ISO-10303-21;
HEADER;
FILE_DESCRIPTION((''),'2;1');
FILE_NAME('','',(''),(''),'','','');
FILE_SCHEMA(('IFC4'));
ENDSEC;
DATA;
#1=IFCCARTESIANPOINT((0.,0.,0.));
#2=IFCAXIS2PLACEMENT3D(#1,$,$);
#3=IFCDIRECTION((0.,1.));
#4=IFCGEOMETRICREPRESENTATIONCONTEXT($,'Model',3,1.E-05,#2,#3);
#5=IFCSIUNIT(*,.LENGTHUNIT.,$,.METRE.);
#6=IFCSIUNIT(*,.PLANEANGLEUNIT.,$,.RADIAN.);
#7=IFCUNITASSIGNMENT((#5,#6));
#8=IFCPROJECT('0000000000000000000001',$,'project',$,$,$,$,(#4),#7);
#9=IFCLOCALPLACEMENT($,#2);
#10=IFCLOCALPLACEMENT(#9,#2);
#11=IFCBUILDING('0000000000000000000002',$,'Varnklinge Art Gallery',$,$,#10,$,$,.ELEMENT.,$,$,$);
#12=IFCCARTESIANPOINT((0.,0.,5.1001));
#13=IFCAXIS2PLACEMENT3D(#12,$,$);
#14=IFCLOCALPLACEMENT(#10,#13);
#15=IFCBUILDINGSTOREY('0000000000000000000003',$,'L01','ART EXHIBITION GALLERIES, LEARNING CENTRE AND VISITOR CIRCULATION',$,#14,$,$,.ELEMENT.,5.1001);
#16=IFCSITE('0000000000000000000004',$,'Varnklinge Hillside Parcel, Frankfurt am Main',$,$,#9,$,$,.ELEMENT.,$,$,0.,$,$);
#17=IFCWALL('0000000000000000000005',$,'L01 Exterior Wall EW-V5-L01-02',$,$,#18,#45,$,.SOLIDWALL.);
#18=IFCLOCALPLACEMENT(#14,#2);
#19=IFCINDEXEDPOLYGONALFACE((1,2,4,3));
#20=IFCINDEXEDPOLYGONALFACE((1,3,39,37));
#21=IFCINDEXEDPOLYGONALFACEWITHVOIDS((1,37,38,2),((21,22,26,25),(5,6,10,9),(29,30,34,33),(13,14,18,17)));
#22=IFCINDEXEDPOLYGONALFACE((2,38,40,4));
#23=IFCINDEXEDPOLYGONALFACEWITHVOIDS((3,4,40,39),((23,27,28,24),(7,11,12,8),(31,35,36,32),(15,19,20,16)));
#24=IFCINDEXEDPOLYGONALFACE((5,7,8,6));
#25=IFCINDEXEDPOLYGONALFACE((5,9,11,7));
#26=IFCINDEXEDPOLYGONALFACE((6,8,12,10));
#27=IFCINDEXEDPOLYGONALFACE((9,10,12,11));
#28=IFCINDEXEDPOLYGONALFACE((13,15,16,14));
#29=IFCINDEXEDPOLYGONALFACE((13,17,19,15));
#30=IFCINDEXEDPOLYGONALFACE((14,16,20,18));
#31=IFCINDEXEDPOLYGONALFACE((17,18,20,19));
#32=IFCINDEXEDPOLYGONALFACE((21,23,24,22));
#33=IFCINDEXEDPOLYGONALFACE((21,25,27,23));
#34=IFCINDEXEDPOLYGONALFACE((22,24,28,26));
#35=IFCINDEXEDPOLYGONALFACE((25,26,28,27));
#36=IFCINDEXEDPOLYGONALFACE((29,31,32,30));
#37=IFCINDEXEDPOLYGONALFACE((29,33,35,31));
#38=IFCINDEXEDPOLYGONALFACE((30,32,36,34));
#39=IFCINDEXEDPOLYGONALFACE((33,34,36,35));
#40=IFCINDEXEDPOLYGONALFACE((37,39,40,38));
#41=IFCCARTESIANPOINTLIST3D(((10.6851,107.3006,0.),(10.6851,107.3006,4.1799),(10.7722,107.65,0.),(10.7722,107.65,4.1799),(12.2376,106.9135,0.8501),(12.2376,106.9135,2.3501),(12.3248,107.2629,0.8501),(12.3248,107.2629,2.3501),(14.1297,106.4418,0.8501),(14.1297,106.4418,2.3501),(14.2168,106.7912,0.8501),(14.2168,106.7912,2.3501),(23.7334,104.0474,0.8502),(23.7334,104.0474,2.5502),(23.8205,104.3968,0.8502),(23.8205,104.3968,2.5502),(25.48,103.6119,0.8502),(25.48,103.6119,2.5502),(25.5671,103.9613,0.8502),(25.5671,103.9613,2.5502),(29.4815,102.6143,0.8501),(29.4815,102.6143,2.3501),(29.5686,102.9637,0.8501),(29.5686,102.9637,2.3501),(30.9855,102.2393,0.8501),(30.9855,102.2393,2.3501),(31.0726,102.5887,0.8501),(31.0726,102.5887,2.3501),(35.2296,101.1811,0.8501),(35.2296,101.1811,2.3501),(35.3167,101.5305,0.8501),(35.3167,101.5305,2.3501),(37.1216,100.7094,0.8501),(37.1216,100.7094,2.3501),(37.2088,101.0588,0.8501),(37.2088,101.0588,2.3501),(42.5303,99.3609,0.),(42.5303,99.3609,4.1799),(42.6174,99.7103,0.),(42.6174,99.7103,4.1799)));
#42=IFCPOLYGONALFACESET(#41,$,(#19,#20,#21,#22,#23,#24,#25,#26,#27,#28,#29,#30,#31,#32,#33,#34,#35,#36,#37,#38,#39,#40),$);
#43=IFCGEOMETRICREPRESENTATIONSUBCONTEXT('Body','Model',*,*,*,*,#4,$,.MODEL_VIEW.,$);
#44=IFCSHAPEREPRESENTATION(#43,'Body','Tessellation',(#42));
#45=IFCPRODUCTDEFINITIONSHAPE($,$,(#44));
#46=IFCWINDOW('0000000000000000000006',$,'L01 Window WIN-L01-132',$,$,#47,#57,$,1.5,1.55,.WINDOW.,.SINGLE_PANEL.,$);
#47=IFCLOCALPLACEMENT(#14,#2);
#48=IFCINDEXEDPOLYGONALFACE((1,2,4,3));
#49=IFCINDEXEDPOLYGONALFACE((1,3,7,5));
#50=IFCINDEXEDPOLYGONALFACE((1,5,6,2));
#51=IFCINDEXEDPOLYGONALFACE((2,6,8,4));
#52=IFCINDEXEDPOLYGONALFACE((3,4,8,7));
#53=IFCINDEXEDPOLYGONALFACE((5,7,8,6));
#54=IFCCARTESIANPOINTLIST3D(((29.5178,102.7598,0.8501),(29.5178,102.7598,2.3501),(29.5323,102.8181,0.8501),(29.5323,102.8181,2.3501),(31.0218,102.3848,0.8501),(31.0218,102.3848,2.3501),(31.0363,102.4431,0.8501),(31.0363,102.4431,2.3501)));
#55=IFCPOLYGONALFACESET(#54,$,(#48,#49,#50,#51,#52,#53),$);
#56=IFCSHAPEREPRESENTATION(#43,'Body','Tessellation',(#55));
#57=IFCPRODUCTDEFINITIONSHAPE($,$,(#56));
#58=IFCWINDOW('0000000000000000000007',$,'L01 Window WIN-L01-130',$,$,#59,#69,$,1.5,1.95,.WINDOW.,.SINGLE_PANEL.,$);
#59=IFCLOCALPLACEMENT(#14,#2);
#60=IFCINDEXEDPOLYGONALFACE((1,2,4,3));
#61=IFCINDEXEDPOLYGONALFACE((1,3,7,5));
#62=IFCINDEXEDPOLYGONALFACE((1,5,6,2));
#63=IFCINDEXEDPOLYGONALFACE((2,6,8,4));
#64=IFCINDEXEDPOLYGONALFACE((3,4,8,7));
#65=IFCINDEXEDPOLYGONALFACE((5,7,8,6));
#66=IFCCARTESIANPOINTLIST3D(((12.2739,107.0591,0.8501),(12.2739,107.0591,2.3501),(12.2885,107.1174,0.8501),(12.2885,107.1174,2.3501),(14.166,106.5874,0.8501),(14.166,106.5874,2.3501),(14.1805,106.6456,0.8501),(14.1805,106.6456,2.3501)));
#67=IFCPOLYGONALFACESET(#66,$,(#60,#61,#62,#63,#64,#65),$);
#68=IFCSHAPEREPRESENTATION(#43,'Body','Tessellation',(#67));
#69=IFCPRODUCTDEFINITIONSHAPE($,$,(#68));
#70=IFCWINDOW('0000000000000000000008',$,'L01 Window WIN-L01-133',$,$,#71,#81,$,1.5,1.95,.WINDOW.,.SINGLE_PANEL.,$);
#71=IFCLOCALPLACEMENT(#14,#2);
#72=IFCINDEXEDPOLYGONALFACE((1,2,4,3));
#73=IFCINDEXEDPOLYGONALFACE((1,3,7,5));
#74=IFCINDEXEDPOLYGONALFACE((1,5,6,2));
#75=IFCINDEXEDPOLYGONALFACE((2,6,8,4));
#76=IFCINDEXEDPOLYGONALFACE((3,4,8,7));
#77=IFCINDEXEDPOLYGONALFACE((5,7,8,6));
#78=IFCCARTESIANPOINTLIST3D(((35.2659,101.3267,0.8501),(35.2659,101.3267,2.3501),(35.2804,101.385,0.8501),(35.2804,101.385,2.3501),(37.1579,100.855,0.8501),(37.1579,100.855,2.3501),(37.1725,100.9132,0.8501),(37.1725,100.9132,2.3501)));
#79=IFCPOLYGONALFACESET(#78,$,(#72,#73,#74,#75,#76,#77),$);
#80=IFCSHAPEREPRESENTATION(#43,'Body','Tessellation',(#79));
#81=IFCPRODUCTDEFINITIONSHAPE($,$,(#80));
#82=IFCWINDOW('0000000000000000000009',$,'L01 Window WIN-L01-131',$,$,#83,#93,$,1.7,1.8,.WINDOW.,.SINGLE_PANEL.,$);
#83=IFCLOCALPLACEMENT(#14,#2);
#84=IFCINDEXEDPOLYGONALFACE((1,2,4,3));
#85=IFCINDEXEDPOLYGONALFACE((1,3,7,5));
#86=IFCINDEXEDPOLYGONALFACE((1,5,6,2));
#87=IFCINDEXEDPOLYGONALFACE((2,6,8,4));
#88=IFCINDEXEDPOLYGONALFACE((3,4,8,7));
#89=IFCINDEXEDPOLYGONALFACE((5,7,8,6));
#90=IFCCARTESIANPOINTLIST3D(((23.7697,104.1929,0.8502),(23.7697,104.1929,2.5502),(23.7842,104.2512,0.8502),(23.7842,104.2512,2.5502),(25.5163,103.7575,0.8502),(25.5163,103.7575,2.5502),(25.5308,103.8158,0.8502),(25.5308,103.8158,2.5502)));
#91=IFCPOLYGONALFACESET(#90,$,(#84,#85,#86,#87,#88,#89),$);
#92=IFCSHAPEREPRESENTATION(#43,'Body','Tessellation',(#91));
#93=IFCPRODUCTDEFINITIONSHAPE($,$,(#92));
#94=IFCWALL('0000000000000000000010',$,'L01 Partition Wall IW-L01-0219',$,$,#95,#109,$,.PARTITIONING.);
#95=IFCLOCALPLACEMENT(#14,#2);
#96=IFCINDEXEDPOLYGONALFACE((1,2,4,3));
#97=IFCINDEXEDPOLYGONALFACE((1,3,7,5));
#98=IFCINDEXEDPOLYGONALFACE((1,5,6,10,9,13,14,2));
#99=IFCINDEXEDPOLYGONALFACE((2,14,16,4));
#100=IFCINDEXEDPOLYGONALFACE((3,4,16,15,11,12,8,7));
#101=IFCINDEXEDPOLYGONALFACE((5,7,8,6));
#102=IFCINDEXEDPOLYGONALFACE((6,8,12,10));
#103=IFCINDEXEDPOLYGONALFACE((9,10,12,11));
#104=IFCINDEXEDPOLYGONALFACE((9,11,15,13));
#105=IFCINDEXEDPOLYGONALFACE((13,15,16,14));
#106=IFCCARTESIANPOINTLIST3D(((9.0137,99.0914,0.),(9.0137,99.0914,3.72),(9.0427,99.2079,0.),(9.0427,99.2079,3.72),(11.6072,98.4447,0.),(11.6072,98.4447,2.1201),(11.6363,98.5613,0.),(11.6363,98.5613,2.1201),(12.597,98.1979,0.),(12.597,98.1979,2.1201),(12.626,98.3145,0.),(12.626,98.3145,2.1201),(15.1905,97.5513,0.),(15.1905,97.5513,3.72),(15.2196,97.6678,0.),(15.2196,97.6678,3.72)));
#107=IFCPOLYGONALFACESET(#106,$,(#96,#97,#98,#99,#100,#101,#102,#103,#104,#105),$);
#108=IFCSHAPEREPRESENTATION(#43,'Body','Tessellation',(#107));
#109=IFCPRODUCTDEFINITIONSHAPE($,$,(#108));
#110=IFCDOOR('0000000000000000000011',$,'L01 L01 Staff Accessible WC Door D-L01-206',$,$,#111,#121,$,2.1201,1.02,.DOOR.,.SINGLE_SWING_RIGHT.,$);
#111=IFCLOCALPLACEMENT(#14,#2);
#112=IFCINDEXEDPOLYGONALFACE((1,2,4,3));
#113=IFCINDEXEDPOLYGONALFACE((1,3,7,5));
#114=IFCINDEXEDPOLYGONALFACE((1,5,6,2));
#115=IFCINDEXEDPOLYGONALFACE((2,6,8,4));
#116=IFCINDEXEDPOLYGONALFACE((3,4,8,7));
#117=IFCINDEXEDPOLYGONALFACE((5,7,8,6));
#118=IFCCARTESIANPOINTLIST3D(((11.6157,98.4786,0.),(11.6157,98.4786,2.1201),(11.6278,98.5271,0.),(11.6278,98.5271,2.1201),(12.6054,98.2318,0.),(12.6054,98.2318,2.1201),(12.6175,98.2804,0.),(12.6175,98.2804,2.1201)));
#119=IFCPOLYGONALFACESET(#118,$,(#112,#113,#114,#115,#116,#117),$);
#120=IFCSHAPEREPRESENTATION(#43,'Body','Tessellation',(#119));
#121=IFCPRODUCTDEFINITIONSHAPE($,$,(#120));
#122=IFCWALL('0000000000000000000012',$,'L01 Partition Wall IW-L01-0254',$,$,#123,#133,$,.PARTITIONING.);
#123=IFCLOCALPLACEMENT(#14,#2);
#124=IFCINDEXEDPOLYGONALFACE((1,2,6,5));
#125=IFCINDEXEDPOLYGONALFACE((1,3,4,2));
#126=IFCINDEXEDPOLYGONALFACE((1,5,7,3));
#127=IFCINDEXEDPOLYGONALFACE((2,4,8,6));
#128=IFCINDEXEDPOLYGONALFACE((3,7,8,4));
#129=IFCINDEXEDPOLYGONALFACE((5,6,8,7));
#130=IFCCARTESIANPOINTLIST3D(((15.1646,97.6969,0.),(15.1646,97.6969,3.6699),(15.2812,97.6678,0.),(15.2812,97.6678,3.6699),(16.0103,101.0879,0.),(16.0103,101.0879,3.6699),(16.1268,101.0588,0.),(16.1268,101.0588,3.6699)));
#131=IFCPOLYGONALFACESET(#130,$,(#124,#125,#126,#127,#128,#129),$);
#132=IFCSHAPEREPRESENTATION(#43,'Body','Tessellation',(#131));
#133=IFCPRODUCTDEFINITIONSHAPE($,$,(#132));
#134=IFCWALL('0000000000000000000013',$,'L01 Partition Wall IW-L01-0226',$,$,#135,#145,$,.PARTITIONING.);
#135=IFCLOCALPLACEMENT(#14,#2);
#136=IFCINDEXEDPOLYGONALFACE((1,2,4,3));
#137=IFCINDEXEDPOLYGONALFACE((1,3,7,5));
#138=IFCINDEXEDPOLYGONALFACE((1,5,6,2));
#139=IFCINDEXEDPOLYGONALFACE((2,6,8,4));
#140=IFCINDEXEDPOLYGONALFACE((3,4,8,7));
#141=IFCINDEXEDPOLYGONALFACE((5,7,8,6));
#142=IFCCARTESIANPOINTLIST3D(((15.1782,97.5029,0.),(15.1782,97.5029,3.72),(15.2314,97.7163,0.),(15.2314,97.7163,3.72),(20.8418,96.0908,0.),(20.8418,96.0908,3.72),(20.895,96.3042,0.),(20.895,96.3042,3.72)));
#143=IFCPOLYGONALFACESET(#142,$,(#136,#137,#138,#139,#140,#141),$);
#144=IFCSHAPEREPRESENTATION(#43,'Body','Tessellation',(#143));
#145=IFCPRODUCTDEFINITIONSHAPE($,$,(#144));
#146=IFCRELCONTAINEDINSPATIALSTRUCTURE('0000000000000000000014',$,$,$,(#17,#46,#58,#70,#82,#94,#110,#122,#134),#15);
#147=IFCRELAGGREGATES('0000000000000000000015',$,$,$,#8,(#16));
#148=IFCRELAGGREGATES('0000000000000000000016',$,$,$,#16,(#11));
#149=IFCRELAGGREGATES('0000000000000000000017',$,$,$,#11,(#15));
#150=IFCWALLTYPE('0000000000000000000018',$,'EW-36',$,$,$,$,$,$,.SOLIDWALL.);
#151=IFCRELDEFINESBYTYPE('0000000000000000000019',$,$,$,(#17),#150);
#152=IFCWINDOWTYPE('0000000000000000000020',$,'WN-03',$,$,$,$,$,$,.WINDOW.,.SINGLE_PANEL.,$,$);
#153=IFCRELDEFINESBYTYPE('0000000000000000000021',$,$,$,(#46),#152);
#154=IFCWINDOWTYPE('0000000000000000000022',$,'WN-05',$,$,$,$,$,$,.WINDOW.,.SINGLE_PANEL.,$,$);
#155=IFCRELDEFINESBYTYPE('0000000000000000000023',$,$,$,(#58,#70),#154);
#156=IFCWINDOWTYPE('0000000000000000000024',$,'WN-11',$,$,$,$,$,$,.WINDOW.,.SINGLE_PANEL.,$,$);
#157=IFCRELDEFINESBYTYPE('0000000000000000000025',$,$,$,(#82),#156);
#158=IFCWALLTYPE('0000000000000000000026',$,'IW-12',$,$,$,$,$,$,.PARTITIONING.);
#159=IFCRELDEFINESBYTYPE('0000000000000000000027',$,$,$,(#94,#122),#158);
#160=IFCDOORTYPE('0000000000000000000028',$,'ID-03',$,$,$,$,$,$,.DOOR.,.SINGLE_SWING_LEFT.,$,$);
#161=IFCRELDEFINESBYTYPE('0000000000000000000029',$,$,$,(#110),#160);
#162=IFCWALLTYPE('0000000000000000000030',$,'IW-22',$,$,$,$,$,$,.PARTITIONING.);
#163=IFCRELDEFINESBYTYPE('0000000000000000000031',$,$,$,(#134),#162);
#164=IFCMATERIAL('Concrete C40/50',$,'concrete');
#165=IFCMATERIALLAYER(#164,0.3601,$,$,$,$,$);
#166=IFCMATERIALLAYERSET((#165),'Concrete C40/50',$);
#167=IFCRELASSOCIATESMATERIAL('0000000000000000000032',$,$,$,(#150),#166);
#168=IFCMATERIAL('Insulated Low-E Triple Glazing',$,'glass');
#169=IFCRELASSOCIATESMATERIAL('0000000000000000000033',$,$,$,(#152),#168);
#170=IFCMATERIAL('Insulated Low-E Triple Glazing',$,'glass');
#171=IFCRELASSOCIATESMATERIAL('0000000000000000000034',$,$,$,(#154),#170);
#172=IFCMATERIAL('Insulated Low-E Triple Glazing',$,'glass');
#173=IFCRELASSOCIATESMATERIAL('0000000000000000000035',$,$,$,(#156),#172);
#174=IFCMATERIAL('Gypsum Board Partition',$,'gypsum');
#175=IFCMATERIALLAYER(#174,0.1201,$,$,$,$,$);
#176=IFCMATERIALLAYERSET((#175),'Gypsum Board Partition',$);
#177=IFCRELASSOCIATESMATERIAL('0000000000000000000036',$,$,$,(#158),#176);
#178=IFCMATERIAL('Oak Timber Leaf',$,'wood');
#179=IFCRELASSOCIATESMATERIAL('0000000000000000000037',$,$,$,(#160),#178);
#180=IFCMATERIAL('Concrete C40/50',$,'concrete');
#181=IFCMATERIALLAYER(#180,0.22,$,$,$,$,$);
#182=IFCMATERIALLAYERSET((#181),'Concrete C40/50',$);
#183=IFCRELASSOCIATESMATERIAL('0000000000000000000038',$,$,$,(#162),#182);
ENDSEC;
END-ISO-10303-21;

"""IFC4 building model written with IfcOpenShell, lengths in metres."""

from ifc_helpers import new_model, si_unit, direction, frame, frame_2d, origin, place, context, subcontext, project, spatial, rectangle, extrude, material, layer, layer_set, type_object, element, fill, save


model = new_model("IFC4")

# Units and contexts
model_context = context("Model", 3, precision=1e-05, world=origin(), true_north=direction((0.0, 1.0)))
body_context = subcontext(model_context, "Body", "Model", "MODEL_VIEW")
ifc_project = project(units=[si_unit("LENGTHUNIT", "METRE"), si_unit("PLANEANGLEUNIT", "RADIAN")], contexts=[model_context])

# Site, building, storey
site_placement = place(None, origin())
site = spatial("IfcSite", under=ifc_project, at=site_placement, Name="Varnklinge Hillside Parcel, Frankfurt am Main", CompositionType="ELEMENT", RefElevation=0.0)
building_placement = place(site_placement, origin())
building = spatial("IfcBuilding", under=site, at=building_placement, Name="Varnklinge Art Gallery", CompositionType="ELEMENT")
storey_placement = place(building_placement, frame((0.0, 0.0, 5.1001)))
storey = spatial("IfcBuildingStorey", under=building, at=storey_placement, Name="L01", Description="ART EXHIBITION GALLERIES, LEARNING CENTRE AND VISITOR CIRCULATION", CompositionType="ELEMENT", Elevation=5.1001)

# Wall, openings, windows
ifc_material_1 = material(Name="Concrete C40/50", Category="concrete")
ifc_layer_1 = layer(ifc_material_1, 0.3601)
ifc_layer_set_1 = layer_set([ifc_layer_1], Name="Concrete C40/50")
wall_type_1 = type_object("IfcWallType", Name="EW-36", PredefinedType="SOLIDWALL", material=ifc_layer_set_1)
wall_1_placement = place(storey_placement, frame((10.7285, 107.4753, 0.0), z_axis=(0.0, 0.0, 1.0), x_axis=(0.970297, -0.241916, 0.0)))
wall_1 = element("IfcWall", 1, at=wall_1_placement, inside=storey, type_object=wall_type_1, Name="L01 Exterior Wall EW-V5-L01-02", PredefinedType="SOLIDWALL", context=body_context, shape_type="SweptSolid", body=[
    extrude(rectangle(XDim=32.8201, YDim=0.3601, at=frame_2d((16.4102, 0.0))), origin(), (0.0, 0.0, 1.0), 4.1799),
])
opening_1_placement = place(wall_1_placement, frame((1.6001, 0.0, 0.8501)))
opening_1 = element("IfcOpeningElement", 2, at=opening_1_placement, cuts=wall_1, PredefinedType="OPENING", context=body_context, shape_type="SweptSolid", body=[
    extrude(rectangle(XDim=1.95, YDim=1.5, at=frame_2d((0.9751, 0.75))), frame((0.0, 0.1902, 0.0), z_axis=(0.0, -1.0, 0.0), x_axis=(1.0, 0.0, 0.0)), (0.0, 0.0, 1.0), 0.3801),
])
opening_2_placement = place(wall_1_placement, frame((13.448, 0.0, 0.8501)))
opening_2 = element("IfcOpeningElement", 3, at=opening_2_placement, cuts=wall_1, PredefinedType="OPENING", context=body_context, shape_type="SweptSolid", body=[
    extrude(rectangle(XDim=1.8, YDim=1.7, at=frame_2d((0.8999, 0.8501))), frame((0.0, 0.1902, 0.0), z_axis=(0.0, -1.0, 0.0), x_axis=(1.0, 0.0, 0.0)), (0.0, 0.0, 1.0), 0.3801),
])
opening_3_placement = place(wall_1_placement, frame((19.3721, 0.0, 0.8501)))
opening_3 = element("IfcOpeningElement", 4, at=opening_3_placement, cuts=wall_1, PredefinedType="OPENING", context=body_context, shape_type="SweptSolid", body=[
    extrude(rectangle(XDim=1.55, YDim=1.5, at=frame_2d((0.7749, 0.75))), frame((0.0, 0.1902, 0.0), z_axis=(0.0, -1.0, 0.0), x_axis=(1.0, 0.0, 0.0)), (0.0, 0.0, 1.0), 0.3801),
])
opening_4_placement = place(wall_1_placement, frame((25.2959, 0.0, 0.8501)))
opening_4 = element("IfcOpeningElement", 5, at=opening_4_placement, cuts=wall_1, PredefinedType="OPENING", context=body_context, shape_type="SweptSolid", body=[
    extrude(rectangle(XDim=1.95, YDim=1.5, at=frame_2d((0.9751, 0.75))), frame((0.0, 0.1902, 0.0), z_axis=(0.0, -1.0, 0.0), x_axis=(1.0, 0.0, 0.0)), (0.0, 0.0, 1.0), 0.3801),
])
ifc_material_2 = material(Name="Insulated Low-E Triple Glazing", Category="glass")
window_type_1 = type_object("IfcWindowType", Name="WN-03", PartitioningType="SINGLE_PANEL", PredefinedType="WINDOW", material=ifc_material_2)
window_1_placement = place(opening_3_placement, origin())
window_1 = element("IfcWindow", 6, at=window_1_placement, inside=storey, type_object=window_type_1, Name="L01 Window WIN-L01-132", OverallHeight=1.5, OverallWidth=1.55, PartitioningType="SINGLE_PANEL", PredefinedType="WINDOW", context=body_context, shape_type="SweptSolid", body=[
    extrude(rectangle(XDim=1.55, YDim=1.5, at=frame_2d((0.7749, 0.75))), frame((0.0, 0.03, 0.0), z_axis=(0.0, -1.0, 0.0), x_axis=(1.0, 0.0, 0.0)), (0.0, 0.0, 1.0), 0.0601),
])
fill(opening_3, window_1)
ifc_material_3 = material(Name="Insulated Low-E Triple Glazing", Category="glass")
window_type_2 = type_object("IfcWindowType", Name="WN-05", PartitioningType="SINGLE_PANEL", PredefinedType="WINDOW", material=ifc_material_3)
window_2_placement = place(opening_1_placement, origin())
window_2 = element("IfcWindow", 7, at=window_2_placement, inside=storey, type_object=window_type_2, Name="L01 Window WIN-L01-130", OverallHeight=1.5, OverallWidth=1.95, PartitioningType="SINGLE_PANEL", PredefinedType="WINDOW", context=body_context, shape_type="SweptSolid", body=[
    extrude(rectangle(XDim=1.95, YDim=1.5, at=frame_2d((0.9751, 0.75))), frame((0.0, 0.03, 0.0), z_axis=(0.0, -1.0, 0.0), x_axis=(1.0, 0.0, 0.0)), (0.0, 0.0, 1.0), 0.0601),
])
fill(opening_1, window_2)
window_3_placement = place(opening_4_placement, origin())
window_3 = element("IfcWindow", 8, at=window_3_placement, inside=storey, type_object=window_type_2, Name="L01 Window WIN-L01-133", OverallHeight=1.5, OverallWidth=1.95, PartitioningType="SINGLE_PANEL", PredefinedType="WINDOW", context=body_context, shape_type="SweptSolid", body=[
    extrude(rectangle(XDim=1.95, YDim=1.5, at=frame_2d((0.9751, 0.75))), frame((0.0, 0.03, 0.0), z_axis=(0.0, -1.0, 0.0), x_axis=(1.0, 0.0, 0.0)), (0.0, 0.0, 1.0), 0.0601),
])
fill(opening_4, window_3)
ifc_material_4 = material(Name="Insulated Low-E Triple Glazing", Category="glass")
window_type_3 = type_object("IfcWindowType", Name="WN-11", PartitioningType="SINGLE_PANEL", PredefinedType="WINDOW", material=ifc_material_4)
window_4_placement = place(opening_2_placement, origin())
window_4 = element("IfcWindow", 9, at=window_4_placement, inside=storey, type_object=window_type_3, Name="L01 Window WIN-L01-131", OverallHeight=1.7, OverallWidth=1.8, PartitioningType="SINGLE_PANEL", PredefinedType="WINDOW", context=body_context, shape_type="SweptSolid", body=[
    extrude(rectangle(XDim=1.8, YDim=1.7, at=frame_2d((0.8999, 0.8501))), frame((0.0, 0.03, 0.0), z_axis=(0.0, -1.0, 0.0), x_axis=(1.0, 0.0, 0.0)), (0.0, 0.0, 1.0), 0.0601),
])
fill(opening_2, window_4)

# Wall, opening, door
ifc_material_5 = material(Name="Gypsum Board Partition", Category="gypsum")
ifc_layer_2 = layer(ifc_material_5, 0.1201)
ifc_layer_set_2 = layer_set([ifc_layer_2], Name="Gypsum Board Partition")
wall_type_2 = type_object("IfcWallType", Name="IW-12", PredefinedType="PARTITIONING", material=ifc_layer_set_2)
wall_2_placement = place(storey_placement, frame((9.0281, 99.1497, 0.0), z_axis=(0.0, 0.0, 1.0), x_axis=(0.970296, -0.241922, 0.0)))
wall_2 = element("IfcWall", 10, at=wall_2_placement, inside=storey, type_object=wall_type_2, Name="L01 Partition Wall IW-L01-0219", PredefinedType="PARTITIONING", context=body_context, shape_type="SweptSolid", body=[
    extrude(rectangle(XDim=6.366, YDim=0.1201, at=frame_2d((3.1831, 0.0))), origin(), (0.0, 0.0, 1.0), 3.72),
])
opening_5_placement = place(wall_2_placement, frame((2.6731, 0.0, 0.0)))
opening_5 = element("IfcOpeningElement", 11, at=opening_5_placement, cuts=wall_2, PredefinedType="OPENING", context=body_context, shape_type="SweptSolid", body=[
    extrude(rectangle(XDim=1.02, YDim=2.1201, at=frame_2d((0.51, 1.0601))), frame((0.0, 0.0701, 0.0), z_axis=(0.0, -1.0, 0.0), x_axis=(1.0, 0.0, 0.0)), (0.0, 0.0, 1.0), 0.1401),
])
ifc_material_6 = material(Name="Oak Timber Leaf", Category="wood")
door_type = type_object("IfcDoorType", Name="ID-03", OperationType="SINGLE_SWING_LEFT", PredefinedType="DOOR", material=ifc_material_6)
door_placement = place(opening_5_placement, origin())
door = element("IfcDoor", 12, at=door_placement, inside=storey, type_object=door_type, Name="L01 L01 Staff Accessible WC Door D-L01-206", OperationType="SINGLE_SWING_RIGHT", OverallHeight=2.1201, OverallWidth=1.02, PredefinedType="DOOR", context=body_context, shape_type="SweptSolid", body=[
    extrude(rectangle(XDim=1.02, YDim=2.1201, at=frame_2d((0.51, 1.0601))), frame((0.0, 0.0249, 0.0), z_axis=(0.0, -1.0, 0.0), x_axis=(1.0, 0.0, 0.0)), (0.0, 0.0, 1.0), 0.05),
])
fill(opening_5, door)

# Walls
wall_3_placement = place(storey_placement, frame((16.0686, 101.0735, 0.0), z_axis=(0.0, 0.0, 1.0), x_axis=(-0.241977, -0.970282, 0.0)))
element("IfcWall", 13, at=wall_3_placement, inside=storey, type_object=wall_type_2, Name="L01 Partition Wall IW-L01-0254", PredefinedType="PARTITIONING", context=body_context, shape_type="SweptSolid", body=[
    extrude(rectangle(XDim=3.4949, YDim=0.1201, at=frame_2d((1.7476, 0.0))), origin(), (0.0, 0.0, 1.0), 3.6699),
])
ifc_material_7 = material(Name="Concrete C40/50", Category="concrete")
ifc_layer_3 = layer(ifc_material_7, 0.22)
ifc_layer_set_3 = layer_set([ifc_layer_3], Name="Concrete C40/50")
wall_type_3 = type_object("IfcWallType", Name="IW-22", PredefinedType="PARTITIONING", material=ifc_layer_set_3)
wall_4_placement = place(storey_placement, frame((15.2048, 97.6096, 0.0), z_axis=(0.0, 0.0, 1.0), x_axis=(0.970295, -0.241925, 0.0)))
element("IfcWall", 14, at=wall_4_placement, inside=storey, type_object=wall_type_3, Name="L01 Partition Wall IW-L01-0226", PredefinedType="PARTITIONING", context=body_context, shape_type="SweptSolid", body=[
    extrude(rectangle(XDim=5.8369, YDim=0.22, at=frame_2d((2.9185, 0.0))), origin(), (0.0, 0.0, 1.0), 3.72),
])

save(model, "model.ifc")
